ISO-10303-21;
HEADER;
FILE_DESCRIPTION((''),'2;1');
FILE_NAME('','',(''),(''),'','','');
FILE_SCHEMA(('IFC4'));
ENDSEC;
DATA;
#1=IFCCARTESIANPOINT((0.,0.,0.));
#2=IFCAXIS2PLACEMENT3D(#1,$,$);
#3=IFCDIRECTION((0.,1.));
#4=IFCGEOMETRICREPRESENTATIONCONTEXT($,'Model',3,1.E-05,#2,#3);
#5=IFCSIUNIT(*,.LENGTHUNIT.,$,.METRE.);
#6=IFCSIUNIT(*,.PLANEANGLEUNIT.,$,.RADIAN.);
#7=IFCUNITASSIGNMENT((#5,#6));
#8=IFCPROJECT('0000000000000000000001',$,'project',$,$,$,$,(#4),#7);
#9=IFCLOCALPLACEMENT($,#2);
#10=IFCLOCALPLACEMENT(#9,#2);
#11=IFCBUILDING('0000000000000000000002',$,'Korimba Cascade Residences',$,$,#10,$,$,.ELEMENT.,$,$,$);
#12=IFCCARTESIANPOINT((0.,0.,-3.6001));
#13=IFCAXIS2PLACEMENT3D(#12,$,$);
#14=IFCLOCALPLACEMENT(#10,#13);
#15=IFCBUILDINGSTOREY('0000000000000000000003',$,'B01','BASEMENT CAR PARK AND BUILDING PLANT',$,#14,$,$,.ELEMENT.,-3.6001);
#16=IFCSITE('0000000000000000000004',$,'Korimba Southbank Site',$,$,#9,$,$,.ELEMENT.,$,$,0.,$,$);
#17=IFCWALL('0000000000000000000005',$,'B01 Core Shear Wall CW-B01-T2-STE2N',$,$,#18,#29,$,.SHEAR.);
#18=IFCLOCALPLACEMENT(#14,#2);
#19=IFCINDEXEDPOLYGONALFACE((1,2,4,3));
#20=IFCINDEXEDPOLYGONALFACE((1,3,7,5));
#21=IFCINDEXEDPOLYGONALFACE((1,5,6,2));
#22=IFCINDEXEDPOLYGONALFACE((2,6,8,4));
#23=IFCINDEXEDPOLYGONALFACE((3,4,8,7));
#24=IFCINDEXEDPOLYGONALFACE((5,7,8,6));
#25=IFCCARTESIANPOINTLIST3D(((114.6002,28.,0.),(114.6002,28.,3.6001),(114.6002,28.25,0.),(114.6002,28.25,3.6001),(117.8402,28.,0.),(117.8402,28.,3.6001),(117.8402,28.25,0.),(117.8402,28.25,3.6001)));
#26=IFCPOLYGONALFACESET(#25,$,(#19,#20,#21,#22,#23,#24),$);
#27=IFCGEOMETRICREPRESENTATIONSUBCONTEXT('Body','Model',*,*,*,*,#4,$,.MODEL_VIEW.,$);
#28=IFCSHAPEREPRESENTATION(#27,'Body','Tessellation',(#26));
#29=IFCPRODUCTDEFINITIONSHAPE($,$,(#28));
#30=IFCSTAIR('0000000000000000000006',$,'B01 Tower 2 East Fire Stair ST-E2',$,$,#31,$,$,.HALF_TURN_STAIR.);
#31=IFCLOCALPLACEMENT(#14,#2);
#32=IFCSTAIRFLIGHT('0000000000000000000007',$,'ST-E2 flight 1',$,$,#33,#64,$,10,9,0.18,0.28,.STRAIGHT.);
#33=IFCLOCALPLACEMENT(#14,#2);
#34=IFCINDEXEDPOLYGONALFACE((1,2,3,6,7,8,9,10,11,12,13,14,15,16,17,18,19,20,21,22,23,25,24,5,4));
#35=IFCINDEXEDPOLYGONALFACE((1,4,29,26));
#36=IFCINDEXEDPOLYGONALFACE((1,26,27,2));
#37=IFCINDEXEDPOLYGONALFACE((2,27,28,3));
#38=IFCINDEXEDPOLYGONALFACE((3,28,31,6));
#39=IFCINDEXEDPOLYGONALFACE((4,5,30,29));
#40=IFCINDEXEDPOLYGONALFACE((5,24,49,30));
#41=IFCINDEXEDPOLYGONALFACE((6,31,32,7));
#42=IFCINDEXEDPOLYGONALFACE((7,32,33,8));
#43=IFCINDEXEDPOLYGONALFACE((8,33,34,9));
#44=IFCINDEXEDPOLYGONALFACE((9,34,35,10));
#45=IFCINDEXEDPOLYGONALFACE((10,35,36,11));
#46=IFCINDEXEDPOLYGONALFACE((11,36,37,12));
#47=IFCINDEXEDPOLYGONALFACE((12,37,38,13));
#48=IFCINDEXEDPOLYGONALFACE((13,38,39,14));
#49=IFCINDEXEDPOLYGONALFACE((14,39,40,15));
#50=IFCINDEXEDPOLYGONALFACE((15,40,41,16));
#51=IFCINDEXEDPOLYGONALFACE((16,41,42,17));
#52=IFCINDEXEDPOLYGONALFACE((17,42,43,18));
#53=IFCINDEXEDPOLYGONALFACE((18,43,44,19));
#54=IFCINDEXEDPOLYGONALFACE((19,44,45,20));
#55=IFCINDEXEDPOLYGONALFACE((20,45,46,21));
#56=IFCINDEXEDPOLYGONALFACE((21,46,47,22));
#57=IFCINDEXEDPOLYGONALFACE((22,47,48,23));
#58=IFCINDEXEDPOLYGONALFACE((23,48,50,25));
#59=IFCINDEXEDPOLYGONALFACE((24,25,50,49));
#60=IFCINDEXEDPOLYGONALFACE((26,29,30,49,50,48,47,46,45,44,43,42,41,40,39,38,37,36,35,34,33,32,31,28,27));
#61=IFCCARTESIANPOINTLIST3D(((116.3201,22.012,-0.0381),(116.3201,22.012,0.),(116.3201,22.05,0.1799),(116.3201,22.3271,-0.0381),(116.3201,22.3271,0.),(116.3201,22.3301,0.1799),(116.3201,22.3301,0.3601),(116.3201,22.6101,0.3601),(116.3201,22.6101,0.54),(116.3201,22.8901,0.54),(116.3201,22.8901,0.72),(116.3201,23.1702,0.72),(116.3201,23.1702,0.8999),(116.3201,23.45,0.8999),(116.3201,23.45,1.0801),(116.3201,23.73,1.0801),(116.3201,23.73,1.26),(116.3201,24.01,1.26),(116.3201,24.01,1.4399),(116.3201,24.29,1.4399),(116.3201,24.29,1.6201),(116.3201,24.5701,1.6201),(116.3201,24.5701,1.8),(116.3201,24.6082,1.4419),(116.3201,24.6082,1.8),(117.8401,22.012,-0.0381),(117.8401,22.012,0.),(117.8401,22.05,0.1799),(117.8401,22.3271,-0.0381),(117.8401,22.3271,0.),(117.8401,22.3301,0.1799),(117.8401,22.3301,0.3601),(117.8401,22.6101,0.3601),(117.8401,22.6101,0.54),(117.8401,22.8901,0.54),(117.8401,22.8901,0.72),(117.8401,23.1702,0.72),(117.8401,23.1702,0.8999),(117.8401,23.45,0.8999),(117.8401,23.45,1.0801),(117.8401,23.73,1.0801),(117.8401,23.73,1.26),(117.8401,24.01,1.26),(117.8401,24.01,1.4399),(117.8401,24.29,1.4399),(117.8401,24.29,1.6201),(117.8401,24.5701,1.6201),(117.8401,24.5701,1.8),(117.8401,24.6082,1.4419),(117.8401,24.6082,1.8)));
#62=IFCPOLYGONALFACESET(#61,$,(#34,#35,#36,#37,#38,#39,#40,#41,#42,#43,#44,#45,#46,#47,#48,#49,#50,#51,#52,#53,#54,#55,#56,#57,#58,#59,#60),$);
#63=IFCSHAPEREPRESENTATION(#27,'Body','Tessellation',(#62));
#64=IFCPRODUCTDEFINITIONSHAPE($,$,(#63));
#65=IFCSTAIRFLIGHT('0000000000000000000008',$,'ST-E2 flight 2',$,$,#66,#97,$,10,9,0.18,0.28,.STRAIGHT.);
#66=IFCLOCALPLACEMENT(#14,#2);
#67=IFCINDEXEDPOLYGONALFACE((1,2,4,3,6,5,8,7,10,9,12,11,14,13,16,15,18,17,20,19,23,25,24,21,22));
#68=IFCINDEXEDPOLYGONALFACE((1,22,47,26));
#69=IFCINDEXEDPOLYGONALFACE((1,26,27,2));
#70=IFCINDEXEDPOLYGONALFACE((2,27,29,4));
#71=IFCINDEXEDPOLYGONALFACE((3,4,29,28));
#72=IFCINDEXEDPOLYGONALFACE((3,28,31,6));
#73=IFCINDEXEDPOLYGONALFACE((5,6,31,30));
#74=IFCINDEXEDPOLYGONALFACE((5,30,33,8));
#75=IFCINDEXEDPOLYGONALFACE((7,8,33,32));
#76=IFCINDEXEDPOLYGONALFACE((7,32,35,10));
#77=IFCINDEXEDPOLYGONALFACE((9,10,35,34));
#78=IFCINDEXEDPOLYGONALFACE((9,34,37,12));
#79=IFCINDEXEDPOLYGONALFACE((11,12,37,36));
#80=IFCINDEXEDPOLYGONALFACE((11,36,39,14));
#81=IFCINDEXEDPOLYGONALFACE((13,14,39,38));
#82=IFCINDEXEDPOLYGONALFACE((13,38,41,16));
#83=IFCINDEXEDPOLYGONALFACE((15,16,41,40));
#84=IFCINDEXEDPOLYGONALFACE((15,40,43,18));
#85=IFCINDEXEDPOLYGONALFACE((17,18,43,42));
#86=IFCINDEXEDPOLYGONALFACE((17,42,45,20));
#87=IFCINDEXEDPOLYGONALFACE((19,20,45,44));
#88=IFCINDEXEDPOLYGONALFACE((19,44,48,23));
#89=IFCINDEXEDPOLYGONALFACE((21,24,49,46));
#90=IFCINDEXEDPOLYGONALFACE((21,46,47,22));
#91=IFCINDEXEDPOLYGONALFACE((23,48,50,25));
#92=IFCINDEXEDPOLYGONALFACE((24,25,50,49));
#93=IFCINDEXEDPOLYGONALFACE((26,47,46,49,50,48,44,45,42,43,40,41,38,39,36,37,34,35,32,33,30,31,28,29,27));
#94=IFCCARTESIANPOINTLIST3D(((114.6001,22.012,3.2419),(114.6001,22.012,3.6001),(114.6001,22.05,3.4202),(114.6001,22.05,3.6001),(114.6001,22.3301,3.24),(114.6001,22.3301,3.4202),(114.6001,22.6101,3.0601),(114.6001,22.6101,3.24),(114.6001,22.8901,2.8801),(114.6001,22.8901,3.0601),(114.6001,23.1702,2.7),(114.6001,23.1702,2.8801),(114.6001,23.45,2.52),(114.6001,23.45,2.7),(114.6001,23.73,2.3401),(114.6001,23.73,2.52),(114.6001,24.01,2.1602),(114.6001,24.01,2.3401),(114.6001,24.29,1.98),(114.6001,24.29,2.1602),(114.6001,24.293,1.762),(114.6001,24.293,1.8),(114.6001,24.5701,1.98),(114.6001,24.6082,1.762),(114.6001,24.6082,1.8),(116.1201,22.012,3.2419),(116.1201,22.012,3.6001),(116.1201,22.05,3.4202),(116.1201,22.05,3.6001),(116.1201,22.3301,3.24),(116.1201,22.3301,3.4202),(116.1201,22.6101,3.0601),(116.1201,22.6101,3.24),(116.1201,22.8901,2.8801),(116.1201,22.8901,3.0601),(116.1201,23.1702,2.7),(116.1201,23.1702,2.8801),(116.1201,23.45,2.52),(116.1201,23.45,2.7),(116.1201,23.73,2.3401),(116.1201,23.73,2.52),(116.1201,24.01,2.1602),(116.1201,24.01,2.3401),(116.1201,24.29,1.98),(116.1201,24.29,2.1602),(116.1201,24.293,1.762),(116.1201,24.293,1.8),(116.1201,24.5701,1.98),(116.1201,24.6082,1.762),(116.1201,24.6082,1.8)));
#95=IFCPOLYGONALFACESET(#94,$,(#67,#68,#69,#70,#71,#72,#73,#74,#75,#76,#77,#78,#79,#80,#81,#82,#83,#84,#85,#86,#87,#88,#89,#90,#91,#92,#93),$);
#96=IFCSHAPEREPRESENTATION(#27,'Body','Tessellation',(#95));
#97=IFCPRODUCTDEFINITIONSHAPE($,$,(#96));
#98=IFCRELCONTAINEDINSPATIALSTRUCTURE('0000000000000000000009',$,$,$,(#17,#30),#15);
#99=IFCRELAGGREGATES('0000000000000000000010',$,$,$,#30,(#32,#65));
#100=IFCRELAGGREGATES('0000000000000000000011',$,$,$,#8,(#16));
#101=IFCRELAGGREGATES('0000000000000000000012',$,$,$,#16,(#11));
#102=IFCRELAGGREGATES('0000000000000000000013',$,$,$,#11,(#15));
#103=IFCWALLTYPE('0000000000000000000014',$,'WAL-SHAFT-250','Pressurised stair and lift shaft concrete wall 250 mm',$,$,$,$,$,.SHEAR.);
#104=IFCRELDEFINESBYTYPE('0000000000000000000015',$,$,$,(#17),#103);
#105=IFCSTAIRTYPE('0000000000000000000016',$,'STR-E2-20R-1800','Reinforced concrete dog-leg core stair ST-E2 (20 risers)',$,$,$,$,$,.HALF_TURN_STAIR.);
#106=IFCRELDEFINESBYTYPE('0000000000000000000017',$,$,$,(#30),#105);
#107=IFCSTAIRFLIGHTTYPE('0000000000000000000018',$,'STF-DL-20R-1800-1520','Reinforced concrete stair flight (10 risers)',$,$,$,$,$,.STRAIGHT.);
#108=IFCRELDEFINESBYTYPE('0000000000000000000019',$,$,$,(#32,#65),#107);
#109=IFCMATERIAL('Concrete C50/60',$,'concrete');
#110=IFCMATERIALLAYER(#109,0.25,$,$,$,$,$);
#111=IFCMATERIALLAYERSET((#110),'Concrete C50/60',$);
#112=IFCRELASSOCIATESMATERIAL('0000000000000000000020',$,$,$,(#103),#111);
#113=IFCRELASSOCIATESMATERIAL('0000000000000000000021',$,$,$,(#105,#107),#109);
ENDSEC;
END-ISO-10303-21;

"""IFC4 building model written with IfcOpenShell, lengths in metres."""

from ifc_helpers import new_model, si_unit, direction, frame, frame_2d, origin, place, context, subcontext, project, spatial, polyline, rectangle, outline, extrude, material, layer, layer_set, type_object, element, aggregate, save


model = new_model("IFC4")

# Units and contexts
model_context = context("Model", 3, precision=1e-05, world=origin(), true_north=direction((0.0, 1.0)))
body_context = subcontext(model_context, "Body", "Model", "MODEL_VIEW")
ifc_project = project(units=[si_unit("LENGTHUNIT", "METRE"), si_unit("PLANEANGLEUNIT", "RADIAN")], contexts=[model_context])

# Site, building, storey
site_placement = place(None, origin())
site = spatial("IfcSite", under=ifc_project, at=site_placement, Name="Korimba Southbank Site", CompositionType="ELEMENT", RefElevation=0.0)
building_placement = place(site_placement, origin())
building = spatial("IfcBuilding", under=site, at=building_placement, Name="Korimba Cascade Residences", CompositionType="ELEMENT")
storey_placement = place(building_placement, frame((0.0, 0.0, -3.6001)))
storey = spatial("IfcBuildingStorey", under=building, at=storey_placement, Name="B01", Description="BASEMENT CAR PARK AND BUILDING PLANT", CompositionType="ELEMENT", Elevation=-3.6001)

# Shared definitions
ifc_material_1 = material(Name="Concrete C50/60", Category="concrete")

# Shared definitions
ifc_layer_1 = layer(ifc_material_1, 0.25)
ifc_layer_set_1 = layer_set([ifc_layer_1], Name="Concrete C50/60")
wall_type_1 = type_object("IfcWallType", Name="WAL-SHAFT-250", Description="Pressurised stair and lift shaft concrete wall 250 mm", PredefinedType="SHEAR", material=ifc_layer_set_1)

# Wall
for number, where, z_axis, x_axis, name in (
    (1, (114.6001, 28.125, 0.0), (0.0, 0.0, 1.0), (1.0, 0.0, 0.0), "B01 Core Shear Wall CW-B01-T2-STE2N"),
):
    element("IfcWall", number, at=place(storey_placement, frame(where, z_axis=z_axis, x_axis=x_axis)), inside=storey, type_object=wall_type_1, Name=name, PredefinedType="SHEAR", context=body_context, shape_type="SweptSolid", body=[
        extrude(rectangle(XDim=3.24, YDim=0.25, at=frame_2d((1.6201, 0.0))), origin(), (0.0, 0.0, 1.0), 3.6001),
    ])

# Stair, stair flights
stair_type = type_object("IfcStairType", Name="STR-E2-20R-1800", Description="Reinforced concrete dog-leg core stair ST-E2 (20 risers)", PredefinedType="HALF_TURN_STAIR", material=ifc_material_1)
stair_placement = place(storey_placement, origin())
stair = element("IfcStair", 2, at=stair_placement, inside=storey, type_object=stair_type, Name="B01 Tower 2 East Fire Stair ST-E2", PredefinedType="HALF_TURN_STAIR")
stair_flight_type = type_object("IfcStairFlightType", Name="STF-DL-20R-1800-1520", Description="Reinforced concrete stair flight (10 risers)", PredefinedType="STRAIGHT", material=ifc_material_1)
stair_flight_1_placement = place(storey_placement, frame((117.0801, 22.05, 0.0), z_axis=(0.0, 0.0, 1.0), x_axis=(0.0, 1.0, 0.0)))
stair_flight_1 = element("IfcStairFlight", 3, at=stair_flight_1_placement, type_object=stair_flight_type, Name="ST-E2 flight 1", NumberOfRisers=10, NumberOfTreads=9, PredefinedType="STRAIGHT", RiserHeight=0.18, TreadLength=0.28, context=body_context, shape_type="SweptSolid", body=[
    extrude(outline(polyline([(-0.0381, 0.0), (0.0, 0.1799), (0.28, 0.1799), (0.28, 0.3601), (0.5601, 0.3601), (0.5601, 0.54), (0.8401, 0.54), (0.8401, 0.72), (1.1201, 0.72), (1.1201, 0.8999), (1.3999, 0.8999), (1.3999, 1.0801), (1.6799, 1.0801), (1.6799, 1.26), (1.96, 1.26), (1.96, 1.4399), (2.24, 1.4399), (2.24, 1.6201), (2.52, 1.6201), (2.52, 1.8), (2.5581, 1.8), (2.5581, 1.4419), (0.2771, 0.0), (0.2771, -0.0381), (-0.0381, -0.0381), (-0.0381, 0.0)])), frame((0.0, 0.76, 0.0), z_axis=(0.0, -1.0, 0.0), x_axis=(1.0, 0.0, 0.0)), (0.0, 0.0, 1.0), 1.52),
])
stair_flight_2_placement = place(storey_placement, frame((115.3601, 24.5701, 1.8), z_axis=(0.0, 0.0, 1.0), x_axis=(0.0, -1.0, 0.0)))
stair_flight_2 = element("IfcStairFlight", 4, at=stair_flight_2_placement, type_object=stair_flight_type, Name="ST-E2 flight 2", NumberOfRisers=10, NumberOfTreads=9, PredefinedType="STRAIGHT", RiserHeight=0.18, TreadLength=0.28, context=body_context, shape_type="SweptSolid", body=[
    extrude(outline(polyline([(-0.0381, 0.0), (0.0, 0.1799), (0.28, 0.1799), (0.28, 0.3601), (0.5601, 0.3601), (0.5601, 0.54), (0.8401, 0.54), (0.8401, 0.72), (1.1201, 0.72), (1.1201, 0.8999), (1.3999, 0.8999), (1.3999, 1.0801), (1.6799, 1.0801), (1.6799, 1.26), (1.96, 1.26), (1.96, 1.4399), (2.24, 1.4399), (2.24, 1.6201), (2.52, 1.6201), (2.52, 1.8), (2.5581, 1.8), (2.5581, 1.4419), (0.2771, 0.0), (0.2771, -0.0381), (-0.0381, -0.0381), (-0.0381, 0.0)])), frame((0.0, 0.76, 0.0), z_axis=(0.0, -1.0, 0.0), x_axis=(1.0, 0.0, 0.0)), (0.0, 0.0, 1.0), 1.52),
])
aggregate(stair, [stair_flight_1, stair_flight_2])

save(model, "model.ifc")
